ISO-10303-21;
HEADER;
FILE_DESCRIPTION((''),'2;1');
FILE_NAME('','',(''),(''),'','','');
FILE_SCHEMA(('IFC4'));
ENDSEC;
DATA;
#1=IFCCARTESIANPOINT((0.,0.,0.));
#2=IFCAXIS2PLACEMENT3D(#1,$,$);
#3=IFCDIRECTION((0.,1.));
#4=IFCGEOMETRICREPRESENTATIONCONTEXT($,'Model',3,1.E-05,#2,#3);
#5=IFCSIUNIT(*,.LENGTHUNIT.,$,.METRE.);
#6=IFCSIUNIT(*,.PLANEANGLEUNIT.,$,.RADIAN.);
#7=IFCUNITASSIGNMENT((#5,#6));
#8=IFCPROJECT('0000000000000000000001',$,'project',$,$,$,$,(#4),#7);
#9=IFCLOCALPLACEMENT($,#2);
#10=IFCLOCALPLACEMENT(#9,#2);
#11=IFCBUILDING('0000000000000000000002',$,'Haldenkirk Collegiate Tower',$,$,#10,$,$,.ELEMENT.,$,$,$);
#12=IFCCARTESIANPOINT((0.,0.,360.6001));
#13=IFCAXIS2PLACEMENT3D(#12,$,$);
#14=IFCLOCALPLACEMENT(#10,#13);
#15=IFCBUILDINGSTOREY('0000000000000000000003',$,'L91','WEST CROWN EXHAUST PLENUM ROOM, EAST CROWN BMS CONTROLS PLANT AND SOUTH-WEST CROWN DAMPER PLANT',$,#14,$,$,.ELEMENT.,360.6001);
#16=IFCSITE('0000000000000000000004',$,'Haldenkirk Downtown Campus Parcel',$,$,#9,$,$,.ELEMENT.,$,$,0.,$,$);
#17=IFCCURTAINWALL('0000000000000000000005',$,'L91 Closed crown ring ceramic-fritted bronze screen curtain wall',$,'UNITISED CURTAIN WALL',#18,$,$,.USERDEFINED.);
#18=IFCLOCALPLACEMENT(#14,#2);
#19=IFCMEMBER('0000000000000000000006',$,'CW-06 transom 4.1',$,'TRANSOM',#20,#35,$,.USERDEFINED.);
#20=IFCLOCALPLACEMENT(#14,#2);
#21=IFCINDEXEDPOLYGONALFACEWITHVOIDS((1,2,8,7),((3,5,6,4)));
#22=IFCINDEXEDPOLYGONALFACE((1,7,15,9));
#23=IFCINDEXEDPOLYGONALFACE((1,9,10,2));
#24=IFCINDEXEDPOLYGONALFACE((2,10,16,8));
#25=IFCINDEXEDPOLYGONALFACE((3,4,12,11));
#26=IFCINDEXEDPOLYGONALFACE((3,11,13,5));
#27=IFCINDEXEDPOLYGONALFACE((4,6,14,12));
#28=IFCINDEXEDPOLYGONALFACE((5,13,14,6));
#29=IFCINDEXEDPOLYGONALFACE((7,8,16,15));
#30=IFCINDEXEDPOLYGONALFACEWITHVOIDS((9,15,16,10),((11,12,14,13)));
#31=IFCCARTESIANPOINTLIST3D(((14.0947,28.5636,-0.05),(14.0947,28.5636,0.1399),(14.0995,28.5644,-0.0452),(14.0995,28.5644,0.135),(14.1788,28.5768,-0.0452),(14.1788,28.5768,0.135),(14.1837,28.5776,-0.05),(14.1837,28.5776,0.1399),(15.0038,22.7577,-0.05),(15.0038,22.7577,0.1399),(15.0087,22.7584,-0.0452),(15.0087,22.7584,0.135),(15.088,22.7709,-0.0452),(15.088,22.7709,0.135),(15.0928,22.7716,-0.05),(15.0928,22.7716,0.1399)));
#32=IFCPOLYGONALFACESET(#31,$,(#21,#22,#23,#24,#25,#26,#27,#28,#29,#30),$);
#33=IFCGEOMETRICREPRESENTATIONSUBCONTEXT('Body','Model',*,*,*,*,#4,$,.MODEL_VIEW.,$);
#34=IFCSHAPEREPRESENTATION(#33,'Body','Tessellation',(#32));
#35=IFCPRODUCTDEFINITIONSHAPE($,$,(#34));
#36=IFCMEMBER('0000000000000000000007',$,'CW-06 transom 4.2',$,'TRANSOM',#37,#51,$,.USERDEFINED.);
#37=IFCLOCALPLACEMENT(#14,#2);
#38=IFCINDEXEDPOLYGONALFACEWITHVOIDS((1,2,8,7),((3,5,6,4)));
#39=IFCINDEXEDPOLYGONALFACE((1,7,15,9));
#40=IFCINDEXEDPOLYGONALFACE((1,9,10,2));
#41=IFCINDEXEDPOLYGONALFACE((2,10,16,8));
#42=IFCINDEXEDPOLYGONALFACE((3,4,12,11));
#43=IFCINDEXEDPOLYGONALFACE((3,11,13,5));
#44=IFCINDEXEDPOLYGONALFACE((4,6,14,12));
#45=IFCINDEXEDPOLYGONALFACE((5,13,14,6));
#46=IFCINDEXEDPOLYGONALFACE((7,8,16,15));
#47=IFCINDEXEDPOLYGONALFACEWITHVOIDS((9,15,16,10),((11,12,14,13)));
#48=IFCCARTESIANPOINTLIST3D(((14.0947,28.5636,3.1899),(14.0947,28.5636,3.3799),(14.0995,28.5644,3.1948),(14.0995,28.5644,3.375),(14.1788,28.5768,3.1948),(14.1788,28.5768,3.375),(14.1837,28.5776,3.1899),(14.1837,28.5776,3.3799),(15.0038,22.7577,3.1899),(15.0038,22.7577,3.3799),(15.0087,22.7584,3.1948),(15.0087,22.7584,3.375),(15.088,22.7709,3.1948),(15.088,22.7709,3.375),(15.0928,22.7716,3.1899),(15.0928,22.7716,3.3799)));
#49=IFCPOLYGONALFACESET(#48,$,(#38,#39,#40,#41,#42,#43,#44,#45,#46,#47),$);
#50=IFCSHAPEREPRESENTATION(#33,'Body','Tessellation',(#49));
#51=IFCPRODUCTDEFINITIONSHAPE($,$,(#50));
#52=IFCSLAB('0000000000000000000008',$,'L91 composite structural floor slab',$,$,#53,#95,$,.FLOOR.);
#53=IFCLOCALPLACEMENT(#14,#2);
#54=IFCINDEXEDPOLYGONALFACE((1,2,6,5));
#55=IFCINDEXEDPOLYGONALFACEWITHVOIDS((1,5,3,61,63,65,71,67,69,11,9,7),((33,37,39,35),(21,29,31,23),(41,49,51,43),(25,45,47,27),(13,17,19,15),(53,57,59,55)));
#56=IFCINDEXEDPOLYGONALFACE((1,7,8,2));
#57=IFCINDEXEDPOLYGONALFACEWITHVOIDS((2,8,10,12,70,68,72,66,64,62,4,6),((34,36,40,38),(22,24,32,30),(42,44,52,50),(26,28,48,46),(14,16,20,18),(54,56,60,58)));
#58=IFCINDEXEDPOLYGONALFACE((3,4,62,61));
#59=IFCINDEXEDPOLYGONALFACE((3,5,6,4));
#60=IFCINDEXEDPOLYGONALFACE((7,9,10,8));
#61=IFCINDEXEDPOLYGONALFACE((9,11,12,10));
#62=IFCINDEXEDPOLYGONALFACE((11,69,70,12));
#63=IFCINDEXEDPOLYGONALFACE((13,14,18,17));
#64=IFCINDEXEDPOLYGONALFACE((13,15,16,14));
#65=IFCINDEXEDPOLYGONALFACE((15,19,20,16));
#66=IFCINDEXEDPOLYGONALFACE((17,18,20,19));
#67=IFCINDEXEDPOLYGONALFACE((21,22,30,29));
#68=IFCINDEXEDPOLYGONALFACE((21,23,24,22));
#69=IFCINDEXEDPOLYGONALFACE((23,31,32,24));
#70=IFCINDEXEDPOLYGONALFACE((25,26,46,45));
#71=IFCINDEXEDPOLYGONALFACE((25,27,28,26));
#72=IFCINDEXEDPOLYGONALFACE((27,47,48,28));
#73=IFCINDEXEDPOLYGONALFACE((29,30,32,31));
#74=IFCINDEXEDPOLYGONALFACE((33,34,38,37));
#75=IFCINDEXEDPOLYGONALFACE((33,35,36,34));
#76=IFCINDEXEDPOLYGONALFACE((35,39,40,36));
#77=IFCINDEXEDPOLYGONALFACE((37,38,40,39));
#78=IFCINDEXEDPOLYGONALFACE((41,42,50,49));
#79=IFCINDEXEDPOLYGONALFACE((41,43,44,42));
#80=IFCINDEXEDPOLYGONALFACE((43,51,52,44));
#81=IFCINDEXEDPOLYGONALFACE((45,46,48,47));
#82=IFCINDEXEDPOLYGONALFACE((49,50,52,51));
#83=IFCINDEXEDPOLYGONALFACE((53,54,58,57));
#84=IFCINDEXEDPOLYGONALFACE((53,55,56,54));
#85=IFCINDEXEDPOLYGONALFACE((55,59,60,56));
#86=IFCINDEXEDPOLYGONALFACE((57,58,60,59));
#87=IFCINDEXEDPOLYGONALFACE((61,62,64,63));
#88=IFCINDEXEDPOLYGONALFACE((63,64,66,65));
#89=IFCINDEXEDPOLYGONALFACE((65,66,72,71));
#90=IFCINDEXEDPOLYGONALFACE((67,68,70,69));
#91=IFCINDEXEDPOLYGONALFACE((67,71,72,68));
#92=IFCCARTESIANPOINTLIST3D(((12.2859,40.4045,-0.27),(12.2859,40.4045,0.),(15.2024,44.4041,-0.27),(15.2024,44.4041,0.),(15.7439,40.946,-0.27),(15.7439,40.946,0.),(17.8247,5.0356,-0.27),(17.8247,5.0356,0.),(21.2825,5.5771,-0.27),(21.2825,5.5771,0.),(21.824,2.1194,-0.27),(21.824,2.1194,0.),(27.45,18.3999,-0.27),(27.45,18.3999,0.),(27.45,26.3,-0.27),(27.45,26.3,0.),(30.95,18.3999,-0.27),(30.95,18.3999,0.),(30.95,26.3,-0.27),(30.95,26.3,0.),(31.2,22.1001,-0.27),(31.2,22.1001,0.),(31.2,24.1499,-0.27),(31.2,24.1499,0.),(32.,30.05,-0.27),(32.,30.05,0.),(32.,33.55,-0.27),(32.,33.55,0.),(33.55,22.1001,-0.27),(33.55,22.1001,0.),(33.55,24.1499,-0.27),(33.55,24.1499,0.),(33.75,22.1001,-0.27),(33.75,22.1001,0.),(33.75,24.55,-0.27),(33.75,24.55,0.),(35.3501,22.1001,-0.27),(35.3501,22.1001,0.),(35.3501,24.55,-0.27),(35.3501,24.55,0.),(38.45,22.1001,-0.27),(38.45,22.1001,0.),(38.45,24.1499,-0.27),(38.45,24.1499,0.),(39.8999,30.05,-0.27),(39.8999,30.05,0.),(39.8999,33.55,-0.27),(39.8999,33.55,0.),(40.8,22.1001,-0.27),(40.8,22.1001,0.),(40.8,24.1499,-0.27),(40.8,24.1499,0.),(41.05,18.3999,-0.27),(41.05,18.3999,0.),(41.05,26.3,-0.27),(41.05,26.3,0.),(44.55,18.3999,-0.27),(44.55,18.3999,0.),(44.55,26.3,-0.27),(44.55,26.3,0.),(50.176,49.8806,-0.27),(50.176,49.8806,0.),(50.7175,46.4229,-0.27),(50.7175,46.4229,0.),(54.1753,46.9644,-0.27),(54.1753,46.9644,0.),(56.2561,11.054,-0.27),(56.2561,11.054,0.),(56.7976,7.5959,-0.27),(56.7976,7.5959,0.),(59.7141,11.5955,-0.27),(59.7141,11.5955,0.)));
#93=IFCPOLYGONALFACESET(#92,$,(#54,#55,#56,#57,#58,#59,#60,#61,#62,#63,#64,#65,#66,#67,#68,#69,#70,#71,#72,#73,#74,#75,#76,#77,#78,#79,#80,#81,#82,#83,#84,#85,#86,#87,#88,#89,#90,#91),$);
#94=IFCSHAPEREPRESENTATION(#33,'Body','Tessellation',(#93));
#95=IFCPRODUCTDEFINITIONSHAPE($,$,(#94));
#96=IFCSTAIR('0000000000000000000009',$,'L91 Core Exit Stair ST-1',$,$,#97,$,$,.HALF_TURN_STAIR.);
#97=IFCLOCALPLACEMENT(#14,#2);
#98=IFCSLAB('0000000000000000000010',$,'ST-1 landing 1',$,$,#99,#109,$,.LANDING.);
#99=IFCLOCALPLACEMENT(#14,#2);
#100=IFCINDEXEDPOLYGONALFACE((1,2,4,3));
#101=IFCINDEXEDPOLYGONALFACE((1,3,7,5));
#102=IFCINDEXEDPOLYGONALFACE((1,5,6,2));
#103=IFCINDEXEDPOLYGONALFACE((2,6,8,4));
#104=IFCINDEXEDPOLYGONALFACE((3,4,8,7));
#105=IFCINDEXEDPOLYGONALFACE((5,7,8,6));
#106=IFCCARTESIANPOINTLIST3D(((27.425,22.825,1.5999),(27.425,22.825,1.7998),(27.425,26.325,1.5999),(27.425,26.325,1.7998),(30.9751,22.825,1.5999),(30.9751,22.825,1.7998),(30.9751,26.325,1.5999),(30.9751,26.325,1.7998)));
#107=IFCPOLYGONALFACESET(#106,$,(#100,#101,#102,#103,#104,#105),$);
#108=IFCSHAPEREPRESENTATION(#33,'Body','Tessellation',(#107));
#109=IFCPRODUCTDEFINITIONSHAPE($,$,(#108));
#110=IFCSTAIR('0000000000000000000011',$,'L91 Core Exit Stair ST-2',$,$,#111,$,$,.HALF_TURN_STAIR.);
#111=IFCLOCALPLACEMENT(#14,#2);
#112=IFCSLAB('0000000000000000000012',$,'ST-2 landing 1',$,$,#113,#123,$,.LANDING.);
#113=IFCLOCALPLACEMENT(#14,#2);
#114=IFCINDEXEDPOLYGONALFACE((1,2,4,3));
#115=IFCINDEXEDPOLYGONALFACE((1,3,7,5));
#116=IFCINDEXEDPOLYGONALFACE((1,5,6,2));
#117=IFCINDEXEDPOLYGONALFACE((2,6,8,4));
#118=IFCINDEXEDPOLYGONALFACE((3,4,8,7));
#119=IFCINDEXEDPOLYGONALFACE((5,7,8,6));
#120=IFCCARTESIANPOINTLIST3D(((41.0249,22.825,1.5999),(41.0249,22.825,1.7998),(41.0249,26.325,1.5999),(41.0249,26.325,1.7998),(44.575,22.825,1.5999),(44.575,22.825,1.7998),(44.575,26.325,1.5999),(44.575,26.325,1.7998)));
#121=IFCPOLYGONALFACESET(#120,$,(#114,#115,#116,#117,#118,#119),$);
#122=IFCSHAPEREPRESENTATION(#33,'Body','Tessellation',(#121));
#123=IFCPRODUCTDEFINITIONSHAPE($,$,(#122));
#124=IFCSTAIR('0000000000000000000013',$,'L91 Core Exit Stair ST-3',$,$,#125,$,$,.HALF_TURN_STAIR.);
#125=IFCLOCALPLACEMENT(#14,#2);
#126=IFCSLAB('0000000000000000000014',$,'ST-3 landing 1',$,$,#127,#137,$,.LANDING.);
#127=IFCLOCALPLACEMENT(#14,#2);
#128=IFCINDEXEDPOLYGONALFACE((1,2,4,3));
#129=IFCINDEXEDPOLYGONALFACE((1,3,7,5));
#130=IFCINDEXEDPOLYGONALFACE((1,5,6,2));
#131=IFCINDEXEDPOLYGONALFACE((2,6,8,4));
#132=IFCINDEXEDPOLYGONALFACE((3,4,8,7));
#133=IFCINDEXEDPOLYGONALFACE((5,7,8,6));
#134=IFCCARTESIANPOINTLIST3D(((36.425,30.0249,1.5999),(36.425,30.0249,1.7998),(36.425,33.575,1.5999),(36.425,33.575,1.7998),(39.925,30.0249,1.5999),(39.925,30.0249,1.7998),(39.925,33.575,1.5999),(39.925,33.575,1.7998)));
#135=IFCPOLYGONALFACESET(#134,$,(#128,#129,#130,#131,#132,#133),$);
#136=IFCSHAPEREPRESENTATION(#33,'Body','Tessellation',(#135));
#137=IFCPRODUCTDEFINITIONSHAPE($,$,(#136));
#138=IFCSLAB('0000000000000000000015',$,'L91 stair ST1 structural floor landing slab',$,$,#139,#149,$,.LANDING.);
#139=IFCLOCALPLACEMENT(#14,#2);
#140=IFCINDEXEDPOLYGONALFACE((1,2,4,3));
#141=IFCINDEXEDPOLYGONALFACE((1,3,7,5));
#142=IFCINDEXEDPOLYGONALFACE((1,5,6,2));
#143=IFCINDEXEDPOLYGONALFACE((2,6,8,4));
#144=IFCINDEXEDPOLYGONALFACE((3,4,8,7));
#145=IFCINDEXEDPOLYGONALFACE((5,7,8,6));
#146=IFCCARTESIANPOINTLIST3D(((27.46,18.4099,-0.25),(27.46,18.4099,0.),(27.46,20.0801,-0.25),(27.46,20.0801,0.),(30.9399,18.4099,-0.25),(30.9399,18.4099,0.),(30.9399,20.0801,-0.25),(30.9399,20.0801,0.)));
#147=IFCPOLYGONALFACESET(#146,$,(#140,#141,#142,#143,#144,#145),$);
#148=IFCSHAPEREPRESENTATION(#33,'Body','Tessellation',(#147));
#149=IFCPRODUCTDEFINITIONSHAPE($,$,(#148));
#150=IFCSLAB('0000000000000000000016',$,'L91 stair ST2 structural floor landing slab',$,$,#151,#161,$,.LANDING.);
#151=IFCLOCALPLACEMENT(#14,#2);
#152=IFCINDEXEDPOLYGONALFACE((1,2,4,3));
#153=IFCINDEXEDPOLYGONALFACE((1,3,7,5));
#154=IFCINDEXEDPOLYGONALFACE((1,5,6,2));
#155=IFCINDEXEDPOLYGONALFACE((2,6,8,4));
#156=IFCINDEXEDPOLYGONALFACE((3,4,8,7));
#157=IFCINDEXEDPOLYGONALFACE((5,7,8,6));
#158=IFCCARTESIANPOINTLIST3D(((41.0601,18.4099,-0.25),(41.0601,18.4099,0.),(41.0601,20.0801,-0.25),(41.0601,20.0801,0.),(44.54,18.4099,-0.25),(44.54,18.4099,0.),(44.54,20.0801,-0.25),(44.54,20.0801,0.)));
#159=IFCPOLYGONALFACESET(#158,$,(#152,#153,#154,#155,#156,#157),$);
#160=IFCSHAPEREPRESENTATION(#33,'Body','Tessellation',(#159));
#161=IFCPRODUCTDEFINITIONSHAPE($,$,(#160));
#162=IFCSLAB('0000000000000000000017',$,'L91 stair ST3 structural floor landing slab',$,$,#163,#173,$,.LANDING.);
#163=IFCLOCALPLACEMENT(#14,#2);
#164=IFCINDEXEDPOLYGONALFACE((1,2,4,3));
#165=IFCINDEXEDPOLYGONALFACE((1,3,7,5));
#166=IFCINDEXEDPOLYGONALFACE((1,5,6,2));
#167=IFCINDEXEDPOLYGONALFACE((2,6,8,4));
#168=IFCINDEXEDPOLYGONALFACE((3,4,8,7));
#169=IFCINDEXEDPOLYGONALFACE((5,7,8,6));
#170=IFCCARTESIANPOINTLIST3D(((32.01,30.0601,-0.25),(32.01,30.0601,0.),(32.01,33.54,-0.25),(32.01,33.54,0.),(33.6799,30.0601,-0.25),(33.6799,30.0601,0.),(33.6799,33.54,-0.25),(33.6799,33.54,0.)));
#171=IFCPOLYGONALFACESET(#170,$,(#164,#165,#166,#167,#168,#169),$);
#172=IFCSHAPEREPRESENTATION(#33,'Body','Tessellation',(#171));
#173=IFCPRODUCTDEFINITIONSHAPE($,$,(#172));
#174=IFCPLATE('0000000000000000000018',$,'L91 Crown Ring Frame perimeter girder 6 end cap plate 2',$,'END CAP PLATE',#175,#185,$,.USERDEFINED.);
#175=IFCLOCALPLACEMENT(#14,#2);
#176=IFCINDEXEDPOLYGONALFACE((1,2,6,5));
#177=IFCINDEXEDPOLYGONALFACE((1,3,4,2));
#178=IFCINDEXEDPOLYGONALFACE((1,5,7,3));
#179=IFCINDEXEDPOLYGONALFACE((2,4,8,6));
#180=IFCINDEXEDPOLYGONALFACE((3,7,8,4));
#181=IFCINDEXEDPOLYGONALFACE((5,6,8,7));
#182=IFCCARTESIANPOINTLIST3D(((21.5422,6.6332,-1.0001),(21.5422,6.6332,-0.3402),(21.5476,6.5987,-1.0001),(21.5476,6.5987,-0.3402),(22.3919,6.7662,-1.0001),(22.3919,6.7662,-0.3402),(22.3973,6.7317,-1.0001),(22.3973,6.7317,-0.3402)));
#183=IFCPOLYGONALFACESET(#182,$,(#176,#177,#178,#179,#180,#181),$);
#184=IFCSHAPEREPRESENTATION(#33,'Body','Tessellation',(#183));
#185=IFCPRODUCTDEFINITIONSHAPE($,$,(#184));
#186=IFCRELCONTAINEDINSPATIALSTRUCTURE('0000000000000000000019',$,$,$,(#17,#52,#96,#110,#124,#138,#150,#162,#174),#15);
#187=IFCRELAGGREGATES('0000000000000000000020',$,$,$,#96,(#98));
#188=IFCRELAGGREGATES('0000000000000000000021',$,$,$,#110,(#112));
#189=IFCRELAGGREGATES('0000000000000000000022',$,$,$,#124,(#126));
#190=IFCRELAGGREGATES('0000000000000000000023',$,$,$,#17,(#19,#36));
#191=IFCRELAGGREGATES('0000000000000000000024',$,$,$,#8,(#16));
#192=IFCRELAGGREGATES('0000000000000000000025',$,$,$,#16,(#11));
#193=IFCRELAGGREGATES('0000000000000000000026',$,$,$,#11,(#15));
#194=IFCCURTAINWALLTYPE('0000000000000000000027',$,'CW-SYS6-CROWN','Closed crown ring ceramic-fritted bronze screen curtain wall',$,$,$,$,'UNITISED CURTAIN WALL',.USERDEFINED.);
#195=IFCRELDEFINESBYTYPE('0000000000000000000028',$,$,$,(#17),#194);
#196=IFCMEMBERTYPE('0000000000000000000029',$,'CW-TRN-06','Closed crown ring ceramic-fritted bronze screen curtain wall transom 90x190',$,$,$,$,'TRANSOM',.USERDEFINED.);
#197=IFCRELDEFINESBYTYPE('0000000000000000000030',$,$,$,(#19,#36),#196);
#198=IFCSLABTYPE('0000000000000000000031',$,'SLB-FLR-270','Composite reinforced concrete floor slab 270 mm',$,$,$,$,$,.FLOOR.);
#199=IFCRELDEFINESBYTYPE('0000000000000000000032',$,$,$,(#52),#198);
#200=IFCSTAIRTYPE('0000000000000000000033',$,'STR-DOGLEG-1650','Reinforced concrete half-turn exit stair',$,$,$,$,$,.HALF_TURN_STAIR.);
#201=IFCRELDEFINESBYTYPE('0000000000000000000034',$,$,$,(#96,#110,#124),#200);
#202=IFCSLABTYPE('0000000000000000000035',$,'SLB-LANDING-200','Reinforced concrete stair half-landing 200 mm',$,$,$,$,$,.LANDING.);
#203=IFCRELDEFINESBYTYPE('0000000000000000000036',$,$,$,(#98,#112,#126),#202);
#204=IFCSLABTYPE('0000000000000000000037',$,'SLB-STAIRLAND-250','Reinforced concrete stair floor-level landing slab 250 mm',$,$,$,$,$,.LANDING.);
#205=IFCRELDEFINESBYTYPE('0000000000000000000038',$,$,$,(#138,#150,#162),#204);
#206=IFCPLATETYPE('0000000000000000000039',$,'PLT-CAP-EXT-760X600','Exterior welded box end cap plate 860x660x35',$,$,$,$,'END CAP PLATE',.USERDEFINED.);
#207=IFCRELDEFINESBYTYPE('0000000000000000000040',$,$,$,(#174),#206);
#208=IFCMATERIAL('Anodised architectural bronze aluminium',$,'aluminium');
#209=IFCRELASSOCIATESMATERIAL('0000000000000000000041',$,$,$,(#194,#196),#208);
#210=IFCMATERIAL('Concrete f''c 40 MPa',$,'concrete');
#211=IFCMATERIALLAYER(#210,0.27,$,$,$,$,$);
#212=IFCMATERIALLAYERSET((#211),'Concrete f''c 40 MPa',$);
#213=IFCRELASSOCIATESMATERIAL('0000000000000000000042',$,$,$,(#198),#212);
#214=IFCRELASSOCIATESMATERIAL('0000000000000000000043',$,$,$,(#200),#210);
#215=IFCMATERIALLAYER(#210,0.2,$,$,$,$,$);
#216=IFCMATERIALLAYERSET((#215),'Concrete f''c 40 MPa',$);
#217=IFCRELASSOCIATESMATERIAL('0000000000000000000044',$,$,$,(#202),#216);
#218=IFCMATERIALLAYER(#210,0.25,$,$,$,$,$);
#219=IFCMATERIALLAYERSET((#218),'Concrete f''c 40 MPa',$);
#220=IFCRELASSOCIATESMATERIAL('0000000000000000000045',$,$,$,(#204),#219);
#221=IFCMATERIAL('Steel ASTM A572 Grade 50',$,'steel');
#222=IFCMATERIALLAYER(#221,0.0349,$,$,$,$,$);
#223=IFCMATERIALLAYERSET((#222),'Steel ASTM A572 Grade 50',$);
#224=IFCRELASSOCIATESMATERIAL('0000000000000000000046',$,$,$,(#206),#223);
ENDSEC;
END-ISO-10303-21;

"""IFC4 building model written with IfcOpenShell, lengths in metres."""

from ifc_helpers import new_model, si_unit, direction, frame, origin, origin_2d, place, context, subcontext, project, spatial, polyline, rectangle, hollow_rectangle, outline, extrude, source, transform, mapped, material, layer, layer_set, material_profile, profile_set, type_object, element, aggregate, save


model = new_model("IFC4")

# Units and contexts
model_context = context("Model", 3, precision=1e-05, world=origin(), true_north=direction((0.0, 1.0)))
body_context = subcontext(model_context, "Body", "Model", "MODEL_VIEW")
ifc_project = project(units=[si_unit("LENGTHUNIT", "METRE"), si_unit("PLANEANGLEUNIT", "RADIAN")], contexts=[model_context])

# Site, building, storey
site_placement = place(None, origin())
site = spatial("IfcSite", under=ifc_project, at=site_placement, Name="Haldenkirk Downtown Campus Parcel", CompositionType="ELEMENT", RefElevation=0.0)
building_placement = place(site_placement, origin())
building = spatial("IfcBuilding", under=site, at=building_placement, Name="Haldenkirk Collegiate Tower", CompositionType="ELEMENT")
storey_placement = place(building_placement, frame((0.0, 0.0, 360.6001)))
storey = spatial("IfcBuildingStorey", under=building, at=storey_placement, Name="L91", Description="WEST CROWN EXHAUST PLENUM ROOM, EAST CROWN BMS CONTROLS PLANT AND SOUTH-WEST CROWN DAMPER PLANT", CompositionType="ELEMENT", Elevation=360.6001)

# Curtain wall
ifc_material_1 = material(Name="Anodised architectural bronze aluminium", Category="aluminium")
curtain_wall_type = type_object("IfcCurtainWallType", Name="CW-SYS6-CROWN", Description="Closed crown ring ceramic-fritted bronze screen curtain wall", ElementType="UNITISED CURTAIN WALL", PredefinedType="USERDEFINED", material=ifc_material_1)
curtain_wall_1_placement = place(storey_placement, origin())
curtain_wall_1 = element("IfcCurtainWall", 1, at=curtain_wall_1_placement, inside=storey, type_object=curtain_wall_type, Name="L91 Closed crown ring ceramic-fritted bronze screen curtain wall", ObjectType="UNITISED CURTAIN WALL", PredefinedType="USERDEFINED")

# Members
ifc_material_profile_1 = material_profile(ifc_material_1, hollow_rectangle(XDim=0.0901, YDim=0.1899, WallThickness=0.0049, at=origin_2d()), Name="CW-TRN-06")
ifc_profile_set_1 = profile_set([ifc_material_profile_1], Name="Anodised architectural bronze aluminium")
member_type_1 = type_object("IfcMemberType", Name="CW-TRN-06", Description="Closed crown ring ceramic-fritted bronze screen curtain wall transom 90x190", ElementType="TRANSOM", PredefinedType="USERDEFINED", material=ifc_profile_set_1)
member_1_placement = place(storey_placement, frame((15.0483, 22.7646, 0.0449), z_axis=(-0.15471, 0.98796, 0.0), x_axis=(-0.98796, -0.15471, 0.0)))
member_1 = element("IfcMember", 2, at=member_1_placement, type_object=member_type_1, Name="CW-06 transom 4.1", ObjectType="TRANSOM", PredefinedType="USERDEFINED", context=body_context, shape_type="SweptSolid", body=[
    extrude(hollow_rectangle(XDim=0.0901, YDim=0.1899, WallThickness=0.0049, at=origin_2d()), origin(), (0.0, 0.0, 1.0), 5.8767),
])
member_2_placement = place(storey_placement, frame((15.0483, 22.7646, 3.2849), z_axis=(-0.15471, 0.98796, 0.0), x_axis=(-0.98796, -0.15471, 0.0)))
member_2 = element("IfcMember", 3, at=member_2_placement, type_object=member_type_1, Name="CW-06 transom 4.2", ObjectType="TRANSOM", PredefinedType="USERDEFINED", context=body_context, shape_type="SweptSolid", body=[
    extrude(hollow_rectangle(XDim=0.0901, YDim=0.1899, WallThickness=0.0049, at=origin_2d()), origin(), (0.0, 0.0, 1.0), 5.8767),
])

# Slab
ifc_material_2 = material(Name="Concrete f'c 40 MPa", Category="concrete")
ifc_layer_1 = layer(ifc_material_2, 0.27)
ifc_layer_set_1 = layer_set([ifc_layer_1], Name="Concrete f'c 40 MPa")
slab_type_1 = type_object("IfcSlabType", Name="SLB-FLR-270", Description="Composite reinforced concrete floor slab 270 mm", PredefinedType="FLOOR", material=ifc_layer_set_1)
slab_1_placement = place(storey_placement, frame((0.0, 0.0, -0.27)))
element("IfcSlab", 4, at=slab_1_placement, inside=storey, type_object=slab_type_1, Name="L91 composite structural floor slab", PredefinedType="FLOOR", context=body_context, shape_type="SweptSolid", body=[
    extrude(outline(polyline([(59.7141, 11.5955), (54.1753, 46.9644), (50.7175, 46.4229), (50.176, 49.8806), (15.2024, 44.4041), (15.7439, 40.946), (12.2859, 40.4045), (17.8247, 5.0356), (21.2825, 5.5771), (21.824, 2.1194), (56.7976, 7.5959), (56.2561, 11.054), (59.7141, 11.5955)]), holes=[polyline([(27.45, 18.3999), (30.95, 18.3999), (30.95, 26.3), (27.45, 26.3), (27.45, 18.3999)]), polyline([(41.05, 18.3999), (44.55, 18.3999), (44.55, 26.3), (41.05, 26.3), (41.05, 18.3999)]), polyline([(32.0, 30.05), (39.8999, 30.05), (39.8999, 33.55), (32.0, 33.55), (32.0, 30.05)]), polyline([(33.75, 22.1001), (35.3501, 22.1001), (35.3501, 24.55), (33.75, 24.55), (33.75, 22.1001)]), polyline([(31.2, 22.1001), (33.55, 22.1001), (33.55, 24.1499), (31.2, 24.1499), (31.2, 22.1001)]), polyline([(38.45, 22.1001), (40.8, 22.1001), (40.8, 24.1499), (38.45, 24.1499), (38.45, 22.1001)])]), origin(), (0.0, 0.0, 1.0), 0.27),
])

# Stairs, slabs
stair_type = type_object("IfcStairType", Name="STR-DOGLEG-1650", Description="Reinforced concrete half-turn exit stair", PredefinedType="HALF_TURN_STAIR", material=ifc_material_2)
stair_1_placement = place(storey_placement, origin())
stair_1 = element("IfcStair", 5, at=stair_1_placement, inside=storey, type_object=stair_type, Name="L91 Core Exit Stair ST-1", PredefinedType="HALF_TURN_STAIR")
ifc_layer_2 = layer(ifc_material_2, 0.2)
ifc_layer_set_2 = layer_set([ifc_layer_2], Name="Concrete f'c 40 MPa")
slab_type_2 = type_object("IfcSlabType", Name="SLB-LANDING-200", Description="Reinforced concrete stair half-landing 200 mm", PredefinedType="LANDING", material=ifc_layer_set_2)
slab_2_placement = place(storey_placement, frame((0.0, 0.0, 1.5999)))
slab_2 = element("IfcSlab", 6, at=slab_2_placement, type_object=slab_type_2, Name="ST-1 landing 1", PredefinedType="LANDING", context=body_context, shape_type="SweptSolid", body=[
    extrude(outline(polyline([(30.9751, 22.825), (27.425, 22.825), (27.425, 26.325), (30.9751, 26.325), (30.9751, 22.825)])), origin(), (0.0, 0.0, 1.0), 0.2),
])
aggregate(stair_1, [slab_2])
stair_2_placement = place(storey_placement, origin())
stair_2 = element("IfcStair", 7, at=stair_2_placement, inside=storey, type_object=stair_type, Name="L91 Core Exit Stair ST-2", PredefinedType="HALF_TURN_STAIR")
slab_3_placement = place(storey_placement, frame((0.0, 0.0, 1.5999)))
slab_3 = element("IfcSlab", 8, at=slab_3_placement, type_object=slab_type_2, Name="ST-2 landing 1", PredefinedType="LANDING", context=body_context, shape_type="SweptSolid", body=[
    extrude(outline(polyline([(44.575, 22.825), (41.0249, 22.825), (41.0249, 26.325), (44.575, 26.325), (44.575, 22.825)])), origin(), (0.0, 0.0, 1.0), 0.2),
])
aggregate(stair_2, [slab_3])
stair_3_placement = place(storey_placement, origin())
stair_3 = element("IfcStair", 9, at=stair_3_placement, inside=storey, type_object=stair_type, Name="L91 Core Exit Stair ST-3", PredefinedType="HALF_TURN_STAIR")
slab_4_placement = place(storey_placement, frame((0.0, 0.0, 1.5999)))
slab_4 = element("IfcSlab", 10, at=slab_4_placement, type_object=slab_type_2, Name="ST-3 landing 1", PredefinedType="LANDING", context=body_context, shape_type="SweptSolid", body=[
    extrude(outline(polyline([(36.425, 30.0249), (36.425, 33.575), (39.925, 33.575), (39.925, 30.0249), (36.425, 30.0249)])), origin(), (0.0, 0.0, 1.0), 0.2),
])
aggregate(stair_3, [slab_4])

# Slabs
ifc_layer_3 = layer(ifc_material_2, 0.25)
ifc_layer_set_3 = layer_set([ifc_layer_3], Name="Concrete f'c 40 MPa")
slab_type_3 = type_object("IfcSlabType", Name="SLB-STAIRLAND-250", Description="Reinforced concrete stair floor-level landing slab 250 mm", PredefinedType="LANDING", material=ifc_layer_set_3)
slab_5_placement = place(storey_placement, frame((0.0, 0.0, -0.25)))
element("IfcSlab", 11, at=slab_5_placement, inside=storey, type_object=slab_type_3, Name="L91 stair ST1 structural floor landing slab", PredefinedType="LANDING", context=body_context, shape_type="SweptSolid", body=[
    extrude(outline(polyline([(27.46, 18.4099), (30.9399, 18.4099), (30.9399, 20.0801), (27.46, 20.0801), (27.46, 18.4099)])), origin(), (0.0, 0.0, 1.0), 0.25),
])
slab_6_placement = place(storey_placement, frame((0.0, 0.0, -0.25)))
element("IfcSlab", 12, at=slab_6_placement, inside=storey, type_object=slab_type_3, Name="L91 stair ST2 structural floor landing slab", PredefinedType="LANDING", context=body_context, shape_type="SweptSolid", body=[
    extrude(outline(polyline([(41.0601, 18.4099), (44.54, 18.4099), (44.54, 20.0801), (41.0601, 20.0801), (41.0601, 18.4099)])), origin(), (0.0, 0.0, 1.0), 0.25),
])
slab_7_placement = place(storey_placement, frame((0.0, 0.0, -0.25)))
element("IfcSlab", 13, at=slab_7_placement, inside=storey, type_object=slab_type_3, Name="L91 stair ST3 structural floor landing slab", PredefinedType="LANDING", context=body_context, shape_type="SweptSolid", body=[
    extrude(outline(polyline([(32.01, 30.0601), (33.6799, 30.0601), (33.6799, 33.54), (32.01, 33.54), (32.01, 30.0601)])), origin(), (0.0, 0.0, 1.0), 0.25),
])

# Plate
ifc_material_3 = material(Name="Steel ASTM A572 Grade 50", Category="steel")
ifc_layer_4 = layer(ifc_material_3, 0.0349)
ifc_layer_set_4 = layer_set([ifc_layer_4], Name="Steel ASTM A572 Grade 50")
plate_type_1 = type_object("IfcPlateType", Name="PLT-CAP-EXT-760X600", Description="Exterior welded box end cap plate 860x660x35", ElementType="END CAP PLATE", PredefinedType="USERDEFINED", material=ifc_layer_set_4)
shared_shape_1 = source(origin(), body_context, "Body", "SweptSolid", [
    extrude(rectangle(XDim=0.8601, YDim=0.6599, at=origin_2d()), origin(), (0.0, 0.0, 1.0), 0.0349),
])
for number, where, z_axis, x_axis, name in (
    (14, (21.967, 6.6997, -0.6702), (0.154711, -0.98796, 0.0), (0.98796, 0.154711, 0.0), "L91 Crown Ring Frame perimeter girder 6 end cap plate 2"),
):
    element("IfcPlate", number, at=place(storey_placement, frame(where, z_axis=z_axis, x_axis=x_axis)), inside=storey, type_object=plate_type_1, Name=name, ObjectType="END CAP PLATE", PredefinedType="USERDEFINED", context=body_context, shape_type="MappedRepresentation", body=[
        mapped(shared_shape_1, transform((0.0, 0.0, 0.0), x_axis=(1.0, 0.0, 0.0), y_axis=(0.0, 1.0, 0.0), z_axis=(0.0, 0.0, 1.0), scale=1.0)),
    ])

aggregate(curtain_wall_1, [member_1, member_2])

save(model, "model.ifc")
